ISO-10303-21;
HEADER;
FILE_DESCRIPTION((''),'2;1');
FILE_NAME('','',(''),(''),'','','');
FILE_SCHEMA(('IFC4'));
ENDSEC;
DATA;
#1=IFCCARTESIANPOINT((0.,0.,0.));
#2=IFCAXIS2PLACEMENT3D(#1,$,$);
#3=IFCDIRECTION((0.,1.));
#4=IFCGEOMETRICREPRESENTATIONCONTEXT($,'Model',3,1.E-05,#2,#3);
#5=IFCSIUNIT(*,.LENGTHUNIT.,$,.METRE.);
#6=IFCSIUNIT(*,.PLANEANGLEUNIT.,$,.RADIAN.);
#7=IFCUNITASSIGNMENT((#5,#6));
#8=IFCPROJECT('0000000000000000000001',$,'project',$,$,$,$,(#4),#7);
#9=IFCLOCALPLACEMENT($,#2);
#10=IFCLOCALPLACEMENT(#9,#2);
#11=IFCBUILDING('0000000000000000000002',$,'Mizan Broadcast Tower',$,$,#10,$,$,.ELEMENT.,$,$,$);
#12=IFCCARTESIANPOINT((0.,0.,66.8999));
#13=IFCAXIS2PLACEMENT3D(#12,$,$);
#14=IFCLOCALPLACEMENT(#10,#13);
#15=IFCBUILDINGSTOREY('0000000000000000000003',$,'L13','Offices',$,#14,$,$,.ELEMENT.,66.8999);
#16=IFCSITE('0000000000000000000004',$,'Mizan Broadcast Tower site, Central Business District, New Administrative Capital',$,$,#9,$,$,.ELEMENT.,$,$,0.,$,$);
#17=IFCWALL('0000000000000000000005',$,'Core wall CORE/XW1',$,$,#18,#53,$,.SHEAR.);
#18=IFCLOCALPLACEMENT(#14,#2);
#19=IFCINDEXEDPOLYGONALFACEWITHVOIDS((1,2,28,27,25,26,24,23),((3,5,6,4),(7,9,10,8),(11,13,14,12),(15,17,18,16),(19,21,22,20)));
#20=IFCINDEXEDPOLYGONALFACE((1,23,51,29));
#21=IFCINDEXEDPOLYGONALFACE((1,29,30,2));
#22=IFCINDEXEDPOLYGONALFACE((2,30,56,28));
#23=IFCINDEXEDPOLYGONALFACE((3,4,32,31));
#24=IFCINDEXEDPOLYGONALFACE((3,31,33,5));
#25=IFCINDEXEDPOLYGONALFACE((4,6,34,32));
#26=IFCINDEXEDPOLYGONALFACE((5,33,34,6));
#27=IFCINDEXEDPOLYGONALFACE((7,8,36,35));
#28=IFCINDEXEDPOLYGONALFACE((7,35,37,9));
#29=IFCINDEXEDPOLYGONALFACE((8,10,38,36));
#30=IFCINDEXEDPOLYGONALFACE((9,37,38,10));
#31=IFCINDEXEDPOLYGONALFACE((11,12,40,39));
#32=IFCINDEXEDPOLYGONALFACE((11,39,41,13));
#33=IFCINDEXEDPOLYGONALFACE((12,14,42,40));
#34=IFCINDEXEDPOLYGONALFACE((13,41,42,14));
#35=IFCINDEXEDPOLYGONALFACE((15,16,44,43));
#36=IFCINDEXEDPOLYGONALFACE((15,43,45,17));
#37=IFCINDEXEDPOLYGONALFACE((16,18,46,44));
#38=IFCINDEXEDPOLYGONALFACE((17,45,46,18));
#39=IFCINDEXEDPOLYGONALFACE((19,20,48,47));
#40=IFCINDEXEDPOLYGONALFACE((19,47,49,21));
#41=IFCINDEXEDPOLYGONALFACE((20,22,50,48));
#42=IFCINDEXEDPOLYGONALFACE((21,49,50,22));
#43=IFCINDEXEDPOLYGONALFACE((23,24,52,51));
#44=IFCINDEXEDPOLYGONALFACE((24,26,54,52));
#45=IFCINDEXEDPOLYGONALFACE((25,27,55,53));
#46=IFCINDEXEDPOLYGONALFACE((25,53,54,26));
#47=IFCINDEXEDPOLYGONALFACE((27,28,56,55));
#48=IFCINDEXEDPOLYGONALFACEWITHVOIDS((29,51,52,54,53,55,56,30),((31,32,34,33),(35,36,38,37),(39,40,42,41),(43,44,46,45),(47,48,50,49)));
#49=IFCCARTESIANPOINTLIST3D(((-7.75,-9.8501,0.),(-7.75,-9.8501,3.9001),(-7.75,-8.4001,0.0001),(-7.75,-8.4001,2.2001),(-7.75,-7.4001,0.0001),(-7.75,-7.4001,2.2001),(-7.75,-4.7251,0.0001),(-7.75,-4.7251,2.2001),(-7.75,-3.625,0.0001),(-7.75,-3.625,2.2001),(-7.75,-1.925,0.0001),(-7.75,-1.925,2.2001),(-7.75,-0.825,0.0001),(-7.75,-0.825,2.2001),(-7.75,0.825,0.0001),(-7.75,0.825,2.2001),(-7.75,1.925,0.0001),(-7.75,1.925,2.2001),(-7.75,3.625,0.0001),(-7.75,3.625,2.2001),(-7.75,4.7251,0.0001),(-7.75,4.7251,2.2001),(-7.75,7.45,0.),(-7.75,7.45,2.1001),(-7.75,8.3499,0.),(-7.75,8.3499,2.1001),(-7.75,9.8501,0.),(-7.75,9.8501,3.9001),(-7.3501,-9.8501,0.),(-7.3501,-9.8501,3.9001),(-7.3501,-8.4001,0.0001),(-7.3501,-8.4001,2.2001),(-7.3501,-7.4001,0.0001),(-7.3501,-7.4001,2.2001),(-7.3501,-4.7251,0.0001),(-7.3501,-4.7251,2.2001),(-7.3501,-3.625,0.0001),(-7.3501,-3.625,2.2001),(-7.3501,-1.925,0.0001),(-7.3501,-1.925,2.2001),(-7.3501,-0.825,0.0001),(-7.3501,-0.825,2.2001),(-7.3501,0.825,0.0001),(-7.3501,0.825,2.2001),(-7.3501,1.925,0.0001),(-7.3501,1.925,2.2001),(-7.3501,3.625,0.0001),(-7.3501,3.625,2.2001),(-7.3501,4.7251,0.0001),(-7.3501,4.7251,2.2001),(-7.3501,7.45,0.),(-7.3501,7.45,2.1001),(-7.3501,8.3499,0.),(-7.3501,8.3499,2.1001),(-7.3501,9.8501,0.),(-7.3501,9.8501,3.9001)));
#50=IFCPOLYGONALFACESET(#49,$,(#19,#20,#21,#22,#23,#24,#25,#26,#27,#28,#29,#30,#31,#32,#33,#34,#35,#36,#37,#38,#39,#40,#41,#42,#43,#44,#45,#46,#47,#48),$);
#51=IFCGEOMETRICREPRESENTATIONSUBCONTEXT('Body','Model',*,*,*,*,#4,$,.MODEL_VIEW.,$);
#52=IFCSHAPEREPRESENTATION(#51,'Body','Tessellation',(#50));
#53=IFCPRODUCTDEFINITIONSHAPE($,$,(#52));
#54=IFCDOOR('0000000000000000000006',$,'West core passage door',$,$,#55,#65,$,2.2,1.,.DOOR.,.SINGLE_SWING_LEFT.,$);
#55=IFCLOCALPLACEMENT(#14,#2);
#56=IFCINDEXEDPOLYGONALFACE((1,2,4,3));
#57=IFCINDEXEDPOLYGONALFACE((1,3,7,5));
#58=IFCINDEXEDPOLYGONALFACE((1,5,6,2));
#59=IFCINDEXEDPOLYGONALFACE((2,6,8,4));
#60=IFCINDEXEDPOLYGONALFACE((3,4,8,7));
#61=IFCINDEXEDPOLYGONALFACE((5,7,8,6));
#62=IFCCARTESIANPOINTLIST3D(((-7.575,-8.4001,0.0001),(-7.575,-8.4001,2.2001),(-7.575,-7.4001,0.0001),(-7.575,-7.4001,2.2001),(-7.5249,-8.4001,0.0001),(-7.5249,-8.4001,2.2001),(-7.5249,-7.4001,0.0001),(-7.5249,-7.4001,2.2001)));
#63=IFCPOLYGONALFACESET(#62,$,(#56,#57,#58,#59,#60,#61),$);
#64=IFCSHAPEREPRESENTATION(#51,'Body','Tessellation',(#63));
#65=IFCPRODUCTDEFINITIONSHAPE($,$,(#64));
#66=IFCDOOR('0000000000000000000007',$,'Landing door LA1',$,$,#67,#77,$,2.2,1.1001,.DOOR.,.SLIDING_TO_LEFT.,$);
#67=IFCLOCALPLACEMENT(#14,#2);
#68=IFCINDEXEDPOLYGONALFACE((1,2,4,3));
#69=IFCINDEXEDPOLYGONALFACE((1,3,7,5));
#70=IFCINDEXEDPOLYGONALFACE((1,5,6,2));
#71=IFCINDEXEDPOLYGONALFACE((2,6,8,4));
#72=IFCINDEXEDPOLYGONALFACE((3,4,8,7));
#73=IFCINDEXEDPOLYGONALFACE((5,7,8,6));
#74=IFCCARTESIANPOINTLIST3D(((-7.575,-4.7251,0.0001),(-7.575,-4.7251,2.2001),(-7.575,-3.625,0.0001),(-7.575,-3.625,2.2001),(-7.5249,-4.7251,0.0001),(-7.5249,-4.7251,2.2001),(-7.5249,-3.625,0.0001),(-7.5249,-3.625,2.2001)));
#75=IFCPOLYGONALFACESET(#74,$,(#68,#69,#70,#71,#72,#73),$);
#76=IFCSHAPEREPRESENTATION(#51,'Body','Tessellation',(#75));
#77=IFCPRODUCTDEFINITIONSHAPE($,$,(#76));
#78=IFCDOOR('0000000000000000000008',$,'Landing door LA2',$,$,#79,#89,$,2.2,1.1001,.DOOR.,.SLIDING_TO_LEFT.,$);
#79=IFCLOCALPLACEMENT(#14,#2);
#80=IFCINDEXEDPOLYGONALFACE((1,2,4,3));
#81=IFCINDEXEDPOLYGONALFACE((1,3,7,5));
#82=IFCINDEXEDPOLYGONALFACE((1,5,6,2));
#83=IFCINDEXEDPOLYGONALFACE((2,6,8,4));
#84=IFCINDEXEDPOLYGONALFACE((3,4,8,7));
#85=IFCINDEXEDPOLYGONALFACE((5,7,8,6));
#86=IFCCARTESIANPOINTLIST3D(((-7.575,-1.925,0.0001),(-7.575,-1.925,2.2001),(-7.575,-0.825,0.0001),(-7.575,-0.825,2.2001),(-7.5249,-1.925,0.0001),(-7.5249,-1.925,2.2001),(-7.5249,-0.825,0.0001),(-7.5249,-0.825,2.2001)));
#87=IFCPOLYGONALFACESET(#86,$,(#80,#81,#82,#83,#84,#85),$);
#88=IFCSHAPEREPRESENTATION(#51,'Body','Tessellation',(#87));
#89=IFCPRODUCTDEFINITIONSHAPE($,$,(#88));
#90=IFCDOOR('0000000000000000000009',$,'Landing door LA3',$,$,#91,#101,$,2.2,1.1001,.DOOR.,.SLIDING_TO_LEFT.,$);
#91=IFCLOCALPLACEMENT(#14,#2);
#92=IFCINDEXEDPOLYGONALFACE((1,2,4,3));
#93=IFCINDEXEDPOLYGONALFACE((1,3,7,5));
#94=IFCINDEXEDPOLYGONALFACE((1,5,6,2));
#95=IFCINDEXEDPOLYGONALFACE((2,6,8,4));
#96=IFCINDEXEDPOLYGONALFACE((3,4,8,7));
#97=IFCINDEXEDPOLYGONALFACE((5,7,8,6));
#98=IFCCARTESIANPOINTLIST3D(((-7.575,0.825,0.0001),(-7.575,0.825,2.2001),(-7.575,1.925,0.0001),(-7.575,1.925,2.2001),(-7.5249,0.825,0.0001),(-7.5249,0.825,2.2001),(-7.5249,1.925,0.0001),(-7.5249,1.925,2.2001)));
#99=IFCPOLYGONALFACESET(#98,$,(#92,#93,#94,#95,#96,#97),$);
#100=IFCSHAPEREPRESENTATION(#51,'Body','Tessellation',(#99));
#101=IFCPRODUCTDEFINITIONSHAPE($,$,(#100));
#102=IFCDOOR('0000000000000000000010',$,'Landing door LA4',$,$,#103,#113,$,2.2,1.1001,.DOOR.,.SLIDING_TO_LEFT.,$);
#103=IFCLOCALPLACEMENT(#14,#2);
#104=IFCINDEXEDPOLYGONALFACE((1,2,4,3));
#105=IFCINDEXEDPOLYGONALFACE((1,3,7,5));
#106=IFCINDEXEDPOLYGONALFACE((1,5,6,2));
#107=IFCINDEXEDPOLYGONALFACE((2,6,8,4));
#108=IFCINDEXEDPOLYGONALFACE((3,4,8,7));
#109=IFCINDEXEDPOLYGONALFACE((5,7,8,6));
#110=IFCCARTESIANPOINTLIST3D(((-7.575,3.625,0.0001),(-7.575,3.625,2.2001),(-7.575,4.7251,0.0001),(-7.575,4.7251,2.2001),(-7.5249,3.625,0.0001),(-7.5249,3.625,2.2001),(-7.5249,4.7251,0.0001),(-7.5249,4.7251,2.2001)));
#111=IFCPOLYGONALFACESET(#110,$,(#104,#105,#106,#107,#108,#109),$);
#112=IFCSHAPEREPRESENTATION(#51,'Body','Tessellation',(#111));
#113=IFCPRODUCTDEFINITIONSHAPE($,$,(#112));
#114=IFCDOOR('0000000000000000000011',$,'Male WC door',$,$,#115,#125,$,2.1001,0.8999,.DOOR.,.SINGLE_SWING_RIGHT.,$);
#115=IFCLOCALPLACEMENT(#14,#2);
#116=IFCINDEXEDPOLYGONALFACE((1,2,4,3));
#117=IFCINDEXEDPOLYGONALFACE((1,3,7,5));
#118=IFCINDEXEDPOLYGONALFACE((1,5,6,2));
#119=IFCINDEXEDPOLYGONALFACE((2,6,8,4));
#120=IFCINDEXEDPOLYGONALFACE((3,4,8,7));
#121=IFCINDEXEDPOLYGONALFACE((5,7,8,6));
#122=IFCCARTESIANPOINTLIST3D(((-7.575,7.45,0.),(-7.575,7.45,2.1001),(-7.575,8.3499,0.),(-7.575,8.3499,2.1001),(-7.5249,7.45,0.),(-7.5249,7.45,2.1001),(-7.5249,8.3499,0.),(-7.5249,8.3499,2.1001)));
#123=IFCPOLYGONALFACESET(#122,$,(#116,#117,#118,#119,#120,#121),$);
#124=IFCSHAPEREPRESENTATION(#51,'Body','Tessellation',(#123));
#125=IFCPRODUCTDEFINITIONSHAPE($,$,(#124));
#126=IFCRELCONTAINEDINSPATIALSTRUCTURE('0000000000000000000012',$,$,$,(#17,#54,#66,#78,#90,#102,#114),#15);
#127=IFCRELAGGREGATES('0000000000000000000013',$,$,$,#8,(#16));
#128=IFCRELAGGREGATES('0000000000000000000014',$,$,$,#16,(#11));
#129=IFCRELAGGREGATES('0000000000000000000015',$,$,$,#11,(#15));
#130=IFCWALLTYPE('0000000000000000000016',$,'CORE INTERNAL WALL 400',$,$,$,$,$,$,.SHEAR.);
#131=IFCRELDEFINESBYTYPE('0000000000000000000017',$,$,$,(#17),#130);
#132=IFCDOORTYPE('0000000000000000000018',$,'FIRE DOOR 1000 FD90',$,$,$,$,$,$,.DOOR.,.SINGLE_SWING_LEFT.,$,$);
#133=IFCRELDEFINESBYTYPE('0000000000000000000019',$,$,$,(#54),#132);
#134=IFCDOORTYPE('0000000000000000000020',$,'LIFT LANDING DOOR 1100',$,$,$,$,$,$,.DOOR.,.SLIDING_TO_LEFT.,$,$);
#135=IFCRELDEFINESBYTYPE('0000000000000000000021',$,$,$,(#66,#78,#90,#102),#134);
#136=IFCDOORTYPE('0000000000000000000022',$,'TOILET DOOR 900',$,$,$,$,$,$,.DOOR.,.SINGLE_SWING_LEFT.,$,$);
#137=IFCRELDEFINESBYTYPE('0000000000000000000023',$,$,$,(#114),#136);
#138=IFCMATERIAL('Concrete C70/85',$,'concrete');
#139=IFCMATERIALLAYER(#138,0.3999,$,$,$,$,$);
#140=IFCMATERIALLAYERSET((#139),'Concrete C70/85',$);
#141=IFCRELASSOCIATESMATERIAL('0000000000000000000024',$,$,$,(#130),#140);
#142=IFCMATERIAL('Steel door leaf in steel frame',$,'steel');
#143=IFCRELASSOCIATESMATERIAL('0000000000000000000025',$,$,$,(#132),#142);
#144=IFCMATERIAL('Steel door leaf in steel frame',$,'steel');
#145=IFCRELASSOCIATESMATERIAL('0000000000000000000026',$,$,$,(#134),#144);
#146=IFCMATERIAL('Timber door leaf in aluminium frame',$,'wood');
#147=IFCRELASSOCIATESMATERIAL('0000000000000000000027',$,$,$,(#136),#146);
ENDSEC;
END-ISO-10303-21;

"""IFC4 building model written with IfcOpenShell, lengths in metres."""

from ifc_helpers import new_model, si_unit, direction, frame, frame_2d, origin, place, context, subcontext, project, spatial, rectangle, extrude, material, layer, layer_set, type_object, element, fill, save


model = new_model("IFC4")

# Units and contexts
model_context = context("Model", 3, precision=1e-05, world=origin(), true_north=direction((0.0, 1.0)))
body_context = subcontext(model_context, "Body", "Model", "MODEL_VIEW")
ifc_project = project(units=[si_unit("LENGTHUNIT", "METRE"), si_unit("PLANEANGLEUNIT", "RADIAN")], contexts=[model_context])

# Site, building, storey
site_placement = place(None, origin())
site = spatial("IfcSite", under=ifc_project, at=site_placement, Name="Mizan Broadcast Tower site, Central Business District, New Administrative Capital", CompositionType="ELEMENT", RefElevation=0.0)
building_placement = place(site_placement, origin())
building = spatial("IfcBuilding", under=site, at=building_placement, Name="Mizan Broadcast Tower", CompositionType="ELEMENT")
storey_placement = place(building_placement, frame((0.0, 0.0, 66.8999)))
storey = spatial("IfcBuildingStorey", under=building, at=storey_placement, Name="L13", Description="Offices", CompositionType="ELEMENT", Elevation=66.8999)

# Wall, openings, doors
ifc_material_1 = material(Name="Concrete C70/85", Category="concrete")
ifc_layer_1 = layer(ifc_material_1, 0.3999)
ifc_layer_set_1 = layer_set([ifc_layer_1], Name="Concrete C70/85")
wall_type_1 = type_object("IfcWallType", Name="CORE INTERNAL WALL 400", PredefinedType="SHEAR", material=ifc_layer_set_1)
wall_1_placement = place(storey_placement, frame((-7.55, -9.8501, 0.0), z_axis=(0.0, 0.0, 1.0), x_axis=(0.0, 1.0, 0.0)))
wall_1 = element("IfcWall", 1, at=wall_1_placement, inside=storey, type_object=wall_type_1, Name="Core wall CORE/XW1", PredefinedType="SHEAR", context=body_context, shape_type="SweptSolid", body=[
    extrude(rectangle(XDim=19.7002, YDim=0.3999, at=frame_2d((9.8501, 0.0))), origin(), (0.0, 0.0, 1.0), 3.9001),
])
opening_1_placement = place(wall_1_placement, frame((1.45, 0.0, 0.0)))
opening_1 = element("IfcOpeningElement", 2, at=opening_1_placement, cuts=wall_1, PredefinedType="OPENING", context=body_context, shape_type="SweptSolid", body=[
    extrude(rectangle(XDim=1.0, YDim=2.2, at=frame_2d((0.5, 1.1001))), frame((0.0, 0.21, 0.0), z_axis=(0.0, -1.0, 0.0), x_axis=(1.0, 0.0, 0.0)), (0.0, 0.0, 1.0), 0.4199),
])
opening_2_placement = place(wall_1_placement, frame((17.3, 0.0, 0.0)))
opening_2 = element("IfcOpeningElement", 3, at=opening_2_placement, cuts=wall_1, PredefinedType="OPENING", context=body_context, shape_type="SweptSolid", body=[
    extrude(rectangle(XDim=0.8999, YDim=2.1001, at=frame_2d((0.45, 1.05))), frame((0.0, 0.21, 0.0), z_axis=(0.0, -1.0, 0.0), x_axis=(1.0, 0.0, 0.0)), (0.0, 0.0, 1.0), 0.4199),
])
opening_3_placement = place(wall_1_placement, frame((5.125, 0.0, 0.0)))
opening_3 = element("IfcOpeningElement", 4, at=opening_3_placement, cuts=wall_1, PredefinedType="OPENING", context=body_context, shape_type="SweptSolid", body=[
    extrude(rectangle(XDim=1.1001, YDim=2.2, at=frame_2d((0.55, 1.1001))), frame((0.0, 0.21, 0.0), z_axis=(0.0, -1.0, 0.0), x_axis=(1.0, 0.0, 0.0)), (0.0, 0.0, 1.0), 0.4199),
])
opening_4_placement = place(wall_1_placement, frame((7.925, 0.0, 0.0)))
opening_4 = element("IfcOpeningElement", 5, at=opening_4_placement, cuts=wall_1, PredefinedType="OPENING", context=body_context, shape_type="SweptSolid", body=[
    extrude(rectangle(XDim=1.1001, YDim=2.2, at=frame_2d((0.55, 1.1001))), frame((0.0, 0.21, 0.0), z_axis=(0.0, -1.0, 0.0), x_axis=(1.0, 0.0, 0.0)), (0.0, 0.0, 1.0), 0.4199),
])
opening_5_placement = place(wall_1_placement, frame((10.675, 0.0, 0.0)))
opening_5 = element("IfcOpeningElement", 6, at=opening_5_placement, cuts=wall_1, PredefinedType="OPENING", context=body_context, shape_type="SweptSolid", body=[
    extrude(rectangle(XDim=1.1001, YDim=2.2, at=frame_2d((0.55, 1.1001))), frame((0.0, 0.21, 0.0), z_axis=(0.0, -1.0, 0.0), x_axis=(1.0, 0.0, 0.0)), (0.0, 0.0, 1.0), 0.4199),
])
opening_6_placement = place(wall_1_placement, frame((13.4751, 0.0, 0.0)))
opening_6 = element("IfcOpeningElement", 7, at=opening_6_placement, cuts=wall_1, PredefinedType="OPENING", context=body_context, shape_type="SweptSolid", body=[
    extrude(rectangle(XDim=1.1001, YDim=2.2, at=frame_2d((0.55, 1.1001))), frame((0.0, 0.21, 0.0), z_axis=(0.0, -1.0, 0.0), x_axis=(1.0, 0.0, 0.0)), (0.0, 0.0, 1.0), 0.4199),
])
ifc_material_2 = material(Name="Steel door leaf in steel frame", Category="steel")
door_type_1 = type_object("IfcDoorType", Name="FIRE DOOR 1000 FD90", OperationType="SINGLE_SWING_LEFT", PredefinedType="DOOR", material=ifc_material_2)
door_1_placement = place(opening_1_placement, origin())
door_1 = element("IfcDoor", 8, at=door_1_placement, inside=storey, type_object=door_type_1, Name="West core passage door", OperationType="SINGLE_SWING_LEFT", OverallHeight=2.2, OverallWidth=1.0, PredefinedType="DOOR", context=body_context, shape_type="SweptSolid", body=[
    extrude(rectangle(XDim=1.0, YDim=2.2, at=frame_2d((0.5, 1.1001))), frame((0.0, 0.0249, 0.0), z_axis=(0.0, -1.0, 0.0), x_axis=(1.0, 0.0, 0.0)), (0.0, 0.0, 1.0), 0.05),
])
fill(opening_1, door_1)
ifc_material_3 = material(Name="Steel door leaf in steel frame", Category="steel")
door_type_2 = type_object("IfcDoorType", Name="LIFT LANDING DOOR 1100", OperationType="SLIDING_TO_LEFT", PredefinedType="DOOR", material=ifc_material_3)
door_2_placement = place(opening_3_placement, origin())
door_2 = element("IfcDoor", 9, at=door_2_placement, inside=storey, type_object=door_type_2, Name="Landing door LA1", OperationType="SLIDING_TO_LEFT", OverallHeight=2.2, OverallWidth=1.1001, PredefinedType="DOOR", context=body_context, shape_type="SweptSolid", body=[
    extrude(rectangle(XDim=1.1001, YDim=2.2, at=frame_2d((0.55, 1.1001))), frame((0.0, 0.0249, 0.0), z_axis=(0.0, -1.0, 0.0), x_axis=(1.0, 0.0, 0.0)), (0.0, 0.0, 1.0), 0.05),
])
fill(opening_3, door_2)
door_3_placement = place(opening_4_placement, origin())
door_3 = element("IfcDoor", 10, at=door_3_placement, inside=storey, type_object=door_type_2, Name="Landing door LA2", OperationType="SLIDING_TO_LEFT", OverallHeight=2.2, OverallWidth=1.1001, PredefinedType="DOOR", context=body_context, shape_type="SweptSolid", body=[
    extrude(rectangle(XDim=1.1001, YDim=2.2, at=frame_2d((0.55, 1.1001))), frame((0.0, 0.0249, 0.0), z_axis=(0.0, -1.0, 0.0), x_axis=(1.0, 0.0, 0.0)), (0.0, 0.0, 1.0), 0.05),
])
fill(opening_4, door_3)
door_4_placement = place(opening_5_placement, origin())
door_4 = element("IfcDoor", 11, at=door_4_placement, inside=storey, type_object=door_type_2, Name="Landing door LA3", OperationType="SLIDING_TO_LEFT", OverallHeight=2.2, OverallWidth=1.1001, PredefinedType="DOOR", context=body_context, shape_type="SweptSolid", body=[
    extrude(rectangle(XDim=1.1001, YDim=2.2, at=frame_2d((0.55, 1.1001))), frame((0.0, 0.0249, 0.0), z_axis=(0.0, -1.0, 0.0), x_axis=(1.0, 0.0, 0.0)), (0.0, 0.0, 1.0), 0.05),
])
fill(opening_5, door_4)
door_5_placement = place(opening_6_placement, origin())
door_5 = element("IfcDoor", 12, at=door_5_placement, inside=storey, type_object=door_type_2, Name="Landing door LA4", OperationType="SLIDING_TO_LEFT", OverallHeight=2.2, OverallWidth=1.1001, PredefinedType="DOOR", context=body_context, shape_type="SweptSolid", body=[
    extrude(rectangle(XDim=1.1001, YDim=2.2, at=frame_2d((0.55, 1.1001))), frame((0.0, 0.0249, 0.0), z_axis=(0.0, -1.0, 0.0), x_axis=(1.0, 0.0, 0.0)), (0.0, 0.0, 1.0), 0.05),
])
fill(opening_6, door_5)
ifc_material_4 = material(Name="Timber door leaf in aluminium frame", Category="wood")
door_type_3 = type_object("IfcDoorType", Name="TOILET DOOR 900", OperationType="SINGLE_SWING_LEFT", PredefinedType="DOOR", material=ifc_material_4)
door_6_placement = place(opening_2_placement, origin())
door_6 = element("IfcDoor", 13, at=door_6_placement, inside=storey, type_object=door_type_3, Name="Male WC door", OperationType="SINGLE_SWING_RIGHT", OverallHeight=2.1001, OverallWidth=0.8999, PredefinedType="DOOR", context=body_context, shape_type="SweptSolid", body=[
    extrude(rectangle(XDim=0.8999, YDim=2.1001, at=frame_2d((0.45, 1.05))), frame((0.0, 0.0249, 0.0), z_axis=(0.0, -1.0, 0.0), x_axis=(1.0, 0.0, 0.0)), (0.0, 0.0, 1.0), 0.05),
])
fill(opening_2, door_6)

save(model, "model.ifc")
